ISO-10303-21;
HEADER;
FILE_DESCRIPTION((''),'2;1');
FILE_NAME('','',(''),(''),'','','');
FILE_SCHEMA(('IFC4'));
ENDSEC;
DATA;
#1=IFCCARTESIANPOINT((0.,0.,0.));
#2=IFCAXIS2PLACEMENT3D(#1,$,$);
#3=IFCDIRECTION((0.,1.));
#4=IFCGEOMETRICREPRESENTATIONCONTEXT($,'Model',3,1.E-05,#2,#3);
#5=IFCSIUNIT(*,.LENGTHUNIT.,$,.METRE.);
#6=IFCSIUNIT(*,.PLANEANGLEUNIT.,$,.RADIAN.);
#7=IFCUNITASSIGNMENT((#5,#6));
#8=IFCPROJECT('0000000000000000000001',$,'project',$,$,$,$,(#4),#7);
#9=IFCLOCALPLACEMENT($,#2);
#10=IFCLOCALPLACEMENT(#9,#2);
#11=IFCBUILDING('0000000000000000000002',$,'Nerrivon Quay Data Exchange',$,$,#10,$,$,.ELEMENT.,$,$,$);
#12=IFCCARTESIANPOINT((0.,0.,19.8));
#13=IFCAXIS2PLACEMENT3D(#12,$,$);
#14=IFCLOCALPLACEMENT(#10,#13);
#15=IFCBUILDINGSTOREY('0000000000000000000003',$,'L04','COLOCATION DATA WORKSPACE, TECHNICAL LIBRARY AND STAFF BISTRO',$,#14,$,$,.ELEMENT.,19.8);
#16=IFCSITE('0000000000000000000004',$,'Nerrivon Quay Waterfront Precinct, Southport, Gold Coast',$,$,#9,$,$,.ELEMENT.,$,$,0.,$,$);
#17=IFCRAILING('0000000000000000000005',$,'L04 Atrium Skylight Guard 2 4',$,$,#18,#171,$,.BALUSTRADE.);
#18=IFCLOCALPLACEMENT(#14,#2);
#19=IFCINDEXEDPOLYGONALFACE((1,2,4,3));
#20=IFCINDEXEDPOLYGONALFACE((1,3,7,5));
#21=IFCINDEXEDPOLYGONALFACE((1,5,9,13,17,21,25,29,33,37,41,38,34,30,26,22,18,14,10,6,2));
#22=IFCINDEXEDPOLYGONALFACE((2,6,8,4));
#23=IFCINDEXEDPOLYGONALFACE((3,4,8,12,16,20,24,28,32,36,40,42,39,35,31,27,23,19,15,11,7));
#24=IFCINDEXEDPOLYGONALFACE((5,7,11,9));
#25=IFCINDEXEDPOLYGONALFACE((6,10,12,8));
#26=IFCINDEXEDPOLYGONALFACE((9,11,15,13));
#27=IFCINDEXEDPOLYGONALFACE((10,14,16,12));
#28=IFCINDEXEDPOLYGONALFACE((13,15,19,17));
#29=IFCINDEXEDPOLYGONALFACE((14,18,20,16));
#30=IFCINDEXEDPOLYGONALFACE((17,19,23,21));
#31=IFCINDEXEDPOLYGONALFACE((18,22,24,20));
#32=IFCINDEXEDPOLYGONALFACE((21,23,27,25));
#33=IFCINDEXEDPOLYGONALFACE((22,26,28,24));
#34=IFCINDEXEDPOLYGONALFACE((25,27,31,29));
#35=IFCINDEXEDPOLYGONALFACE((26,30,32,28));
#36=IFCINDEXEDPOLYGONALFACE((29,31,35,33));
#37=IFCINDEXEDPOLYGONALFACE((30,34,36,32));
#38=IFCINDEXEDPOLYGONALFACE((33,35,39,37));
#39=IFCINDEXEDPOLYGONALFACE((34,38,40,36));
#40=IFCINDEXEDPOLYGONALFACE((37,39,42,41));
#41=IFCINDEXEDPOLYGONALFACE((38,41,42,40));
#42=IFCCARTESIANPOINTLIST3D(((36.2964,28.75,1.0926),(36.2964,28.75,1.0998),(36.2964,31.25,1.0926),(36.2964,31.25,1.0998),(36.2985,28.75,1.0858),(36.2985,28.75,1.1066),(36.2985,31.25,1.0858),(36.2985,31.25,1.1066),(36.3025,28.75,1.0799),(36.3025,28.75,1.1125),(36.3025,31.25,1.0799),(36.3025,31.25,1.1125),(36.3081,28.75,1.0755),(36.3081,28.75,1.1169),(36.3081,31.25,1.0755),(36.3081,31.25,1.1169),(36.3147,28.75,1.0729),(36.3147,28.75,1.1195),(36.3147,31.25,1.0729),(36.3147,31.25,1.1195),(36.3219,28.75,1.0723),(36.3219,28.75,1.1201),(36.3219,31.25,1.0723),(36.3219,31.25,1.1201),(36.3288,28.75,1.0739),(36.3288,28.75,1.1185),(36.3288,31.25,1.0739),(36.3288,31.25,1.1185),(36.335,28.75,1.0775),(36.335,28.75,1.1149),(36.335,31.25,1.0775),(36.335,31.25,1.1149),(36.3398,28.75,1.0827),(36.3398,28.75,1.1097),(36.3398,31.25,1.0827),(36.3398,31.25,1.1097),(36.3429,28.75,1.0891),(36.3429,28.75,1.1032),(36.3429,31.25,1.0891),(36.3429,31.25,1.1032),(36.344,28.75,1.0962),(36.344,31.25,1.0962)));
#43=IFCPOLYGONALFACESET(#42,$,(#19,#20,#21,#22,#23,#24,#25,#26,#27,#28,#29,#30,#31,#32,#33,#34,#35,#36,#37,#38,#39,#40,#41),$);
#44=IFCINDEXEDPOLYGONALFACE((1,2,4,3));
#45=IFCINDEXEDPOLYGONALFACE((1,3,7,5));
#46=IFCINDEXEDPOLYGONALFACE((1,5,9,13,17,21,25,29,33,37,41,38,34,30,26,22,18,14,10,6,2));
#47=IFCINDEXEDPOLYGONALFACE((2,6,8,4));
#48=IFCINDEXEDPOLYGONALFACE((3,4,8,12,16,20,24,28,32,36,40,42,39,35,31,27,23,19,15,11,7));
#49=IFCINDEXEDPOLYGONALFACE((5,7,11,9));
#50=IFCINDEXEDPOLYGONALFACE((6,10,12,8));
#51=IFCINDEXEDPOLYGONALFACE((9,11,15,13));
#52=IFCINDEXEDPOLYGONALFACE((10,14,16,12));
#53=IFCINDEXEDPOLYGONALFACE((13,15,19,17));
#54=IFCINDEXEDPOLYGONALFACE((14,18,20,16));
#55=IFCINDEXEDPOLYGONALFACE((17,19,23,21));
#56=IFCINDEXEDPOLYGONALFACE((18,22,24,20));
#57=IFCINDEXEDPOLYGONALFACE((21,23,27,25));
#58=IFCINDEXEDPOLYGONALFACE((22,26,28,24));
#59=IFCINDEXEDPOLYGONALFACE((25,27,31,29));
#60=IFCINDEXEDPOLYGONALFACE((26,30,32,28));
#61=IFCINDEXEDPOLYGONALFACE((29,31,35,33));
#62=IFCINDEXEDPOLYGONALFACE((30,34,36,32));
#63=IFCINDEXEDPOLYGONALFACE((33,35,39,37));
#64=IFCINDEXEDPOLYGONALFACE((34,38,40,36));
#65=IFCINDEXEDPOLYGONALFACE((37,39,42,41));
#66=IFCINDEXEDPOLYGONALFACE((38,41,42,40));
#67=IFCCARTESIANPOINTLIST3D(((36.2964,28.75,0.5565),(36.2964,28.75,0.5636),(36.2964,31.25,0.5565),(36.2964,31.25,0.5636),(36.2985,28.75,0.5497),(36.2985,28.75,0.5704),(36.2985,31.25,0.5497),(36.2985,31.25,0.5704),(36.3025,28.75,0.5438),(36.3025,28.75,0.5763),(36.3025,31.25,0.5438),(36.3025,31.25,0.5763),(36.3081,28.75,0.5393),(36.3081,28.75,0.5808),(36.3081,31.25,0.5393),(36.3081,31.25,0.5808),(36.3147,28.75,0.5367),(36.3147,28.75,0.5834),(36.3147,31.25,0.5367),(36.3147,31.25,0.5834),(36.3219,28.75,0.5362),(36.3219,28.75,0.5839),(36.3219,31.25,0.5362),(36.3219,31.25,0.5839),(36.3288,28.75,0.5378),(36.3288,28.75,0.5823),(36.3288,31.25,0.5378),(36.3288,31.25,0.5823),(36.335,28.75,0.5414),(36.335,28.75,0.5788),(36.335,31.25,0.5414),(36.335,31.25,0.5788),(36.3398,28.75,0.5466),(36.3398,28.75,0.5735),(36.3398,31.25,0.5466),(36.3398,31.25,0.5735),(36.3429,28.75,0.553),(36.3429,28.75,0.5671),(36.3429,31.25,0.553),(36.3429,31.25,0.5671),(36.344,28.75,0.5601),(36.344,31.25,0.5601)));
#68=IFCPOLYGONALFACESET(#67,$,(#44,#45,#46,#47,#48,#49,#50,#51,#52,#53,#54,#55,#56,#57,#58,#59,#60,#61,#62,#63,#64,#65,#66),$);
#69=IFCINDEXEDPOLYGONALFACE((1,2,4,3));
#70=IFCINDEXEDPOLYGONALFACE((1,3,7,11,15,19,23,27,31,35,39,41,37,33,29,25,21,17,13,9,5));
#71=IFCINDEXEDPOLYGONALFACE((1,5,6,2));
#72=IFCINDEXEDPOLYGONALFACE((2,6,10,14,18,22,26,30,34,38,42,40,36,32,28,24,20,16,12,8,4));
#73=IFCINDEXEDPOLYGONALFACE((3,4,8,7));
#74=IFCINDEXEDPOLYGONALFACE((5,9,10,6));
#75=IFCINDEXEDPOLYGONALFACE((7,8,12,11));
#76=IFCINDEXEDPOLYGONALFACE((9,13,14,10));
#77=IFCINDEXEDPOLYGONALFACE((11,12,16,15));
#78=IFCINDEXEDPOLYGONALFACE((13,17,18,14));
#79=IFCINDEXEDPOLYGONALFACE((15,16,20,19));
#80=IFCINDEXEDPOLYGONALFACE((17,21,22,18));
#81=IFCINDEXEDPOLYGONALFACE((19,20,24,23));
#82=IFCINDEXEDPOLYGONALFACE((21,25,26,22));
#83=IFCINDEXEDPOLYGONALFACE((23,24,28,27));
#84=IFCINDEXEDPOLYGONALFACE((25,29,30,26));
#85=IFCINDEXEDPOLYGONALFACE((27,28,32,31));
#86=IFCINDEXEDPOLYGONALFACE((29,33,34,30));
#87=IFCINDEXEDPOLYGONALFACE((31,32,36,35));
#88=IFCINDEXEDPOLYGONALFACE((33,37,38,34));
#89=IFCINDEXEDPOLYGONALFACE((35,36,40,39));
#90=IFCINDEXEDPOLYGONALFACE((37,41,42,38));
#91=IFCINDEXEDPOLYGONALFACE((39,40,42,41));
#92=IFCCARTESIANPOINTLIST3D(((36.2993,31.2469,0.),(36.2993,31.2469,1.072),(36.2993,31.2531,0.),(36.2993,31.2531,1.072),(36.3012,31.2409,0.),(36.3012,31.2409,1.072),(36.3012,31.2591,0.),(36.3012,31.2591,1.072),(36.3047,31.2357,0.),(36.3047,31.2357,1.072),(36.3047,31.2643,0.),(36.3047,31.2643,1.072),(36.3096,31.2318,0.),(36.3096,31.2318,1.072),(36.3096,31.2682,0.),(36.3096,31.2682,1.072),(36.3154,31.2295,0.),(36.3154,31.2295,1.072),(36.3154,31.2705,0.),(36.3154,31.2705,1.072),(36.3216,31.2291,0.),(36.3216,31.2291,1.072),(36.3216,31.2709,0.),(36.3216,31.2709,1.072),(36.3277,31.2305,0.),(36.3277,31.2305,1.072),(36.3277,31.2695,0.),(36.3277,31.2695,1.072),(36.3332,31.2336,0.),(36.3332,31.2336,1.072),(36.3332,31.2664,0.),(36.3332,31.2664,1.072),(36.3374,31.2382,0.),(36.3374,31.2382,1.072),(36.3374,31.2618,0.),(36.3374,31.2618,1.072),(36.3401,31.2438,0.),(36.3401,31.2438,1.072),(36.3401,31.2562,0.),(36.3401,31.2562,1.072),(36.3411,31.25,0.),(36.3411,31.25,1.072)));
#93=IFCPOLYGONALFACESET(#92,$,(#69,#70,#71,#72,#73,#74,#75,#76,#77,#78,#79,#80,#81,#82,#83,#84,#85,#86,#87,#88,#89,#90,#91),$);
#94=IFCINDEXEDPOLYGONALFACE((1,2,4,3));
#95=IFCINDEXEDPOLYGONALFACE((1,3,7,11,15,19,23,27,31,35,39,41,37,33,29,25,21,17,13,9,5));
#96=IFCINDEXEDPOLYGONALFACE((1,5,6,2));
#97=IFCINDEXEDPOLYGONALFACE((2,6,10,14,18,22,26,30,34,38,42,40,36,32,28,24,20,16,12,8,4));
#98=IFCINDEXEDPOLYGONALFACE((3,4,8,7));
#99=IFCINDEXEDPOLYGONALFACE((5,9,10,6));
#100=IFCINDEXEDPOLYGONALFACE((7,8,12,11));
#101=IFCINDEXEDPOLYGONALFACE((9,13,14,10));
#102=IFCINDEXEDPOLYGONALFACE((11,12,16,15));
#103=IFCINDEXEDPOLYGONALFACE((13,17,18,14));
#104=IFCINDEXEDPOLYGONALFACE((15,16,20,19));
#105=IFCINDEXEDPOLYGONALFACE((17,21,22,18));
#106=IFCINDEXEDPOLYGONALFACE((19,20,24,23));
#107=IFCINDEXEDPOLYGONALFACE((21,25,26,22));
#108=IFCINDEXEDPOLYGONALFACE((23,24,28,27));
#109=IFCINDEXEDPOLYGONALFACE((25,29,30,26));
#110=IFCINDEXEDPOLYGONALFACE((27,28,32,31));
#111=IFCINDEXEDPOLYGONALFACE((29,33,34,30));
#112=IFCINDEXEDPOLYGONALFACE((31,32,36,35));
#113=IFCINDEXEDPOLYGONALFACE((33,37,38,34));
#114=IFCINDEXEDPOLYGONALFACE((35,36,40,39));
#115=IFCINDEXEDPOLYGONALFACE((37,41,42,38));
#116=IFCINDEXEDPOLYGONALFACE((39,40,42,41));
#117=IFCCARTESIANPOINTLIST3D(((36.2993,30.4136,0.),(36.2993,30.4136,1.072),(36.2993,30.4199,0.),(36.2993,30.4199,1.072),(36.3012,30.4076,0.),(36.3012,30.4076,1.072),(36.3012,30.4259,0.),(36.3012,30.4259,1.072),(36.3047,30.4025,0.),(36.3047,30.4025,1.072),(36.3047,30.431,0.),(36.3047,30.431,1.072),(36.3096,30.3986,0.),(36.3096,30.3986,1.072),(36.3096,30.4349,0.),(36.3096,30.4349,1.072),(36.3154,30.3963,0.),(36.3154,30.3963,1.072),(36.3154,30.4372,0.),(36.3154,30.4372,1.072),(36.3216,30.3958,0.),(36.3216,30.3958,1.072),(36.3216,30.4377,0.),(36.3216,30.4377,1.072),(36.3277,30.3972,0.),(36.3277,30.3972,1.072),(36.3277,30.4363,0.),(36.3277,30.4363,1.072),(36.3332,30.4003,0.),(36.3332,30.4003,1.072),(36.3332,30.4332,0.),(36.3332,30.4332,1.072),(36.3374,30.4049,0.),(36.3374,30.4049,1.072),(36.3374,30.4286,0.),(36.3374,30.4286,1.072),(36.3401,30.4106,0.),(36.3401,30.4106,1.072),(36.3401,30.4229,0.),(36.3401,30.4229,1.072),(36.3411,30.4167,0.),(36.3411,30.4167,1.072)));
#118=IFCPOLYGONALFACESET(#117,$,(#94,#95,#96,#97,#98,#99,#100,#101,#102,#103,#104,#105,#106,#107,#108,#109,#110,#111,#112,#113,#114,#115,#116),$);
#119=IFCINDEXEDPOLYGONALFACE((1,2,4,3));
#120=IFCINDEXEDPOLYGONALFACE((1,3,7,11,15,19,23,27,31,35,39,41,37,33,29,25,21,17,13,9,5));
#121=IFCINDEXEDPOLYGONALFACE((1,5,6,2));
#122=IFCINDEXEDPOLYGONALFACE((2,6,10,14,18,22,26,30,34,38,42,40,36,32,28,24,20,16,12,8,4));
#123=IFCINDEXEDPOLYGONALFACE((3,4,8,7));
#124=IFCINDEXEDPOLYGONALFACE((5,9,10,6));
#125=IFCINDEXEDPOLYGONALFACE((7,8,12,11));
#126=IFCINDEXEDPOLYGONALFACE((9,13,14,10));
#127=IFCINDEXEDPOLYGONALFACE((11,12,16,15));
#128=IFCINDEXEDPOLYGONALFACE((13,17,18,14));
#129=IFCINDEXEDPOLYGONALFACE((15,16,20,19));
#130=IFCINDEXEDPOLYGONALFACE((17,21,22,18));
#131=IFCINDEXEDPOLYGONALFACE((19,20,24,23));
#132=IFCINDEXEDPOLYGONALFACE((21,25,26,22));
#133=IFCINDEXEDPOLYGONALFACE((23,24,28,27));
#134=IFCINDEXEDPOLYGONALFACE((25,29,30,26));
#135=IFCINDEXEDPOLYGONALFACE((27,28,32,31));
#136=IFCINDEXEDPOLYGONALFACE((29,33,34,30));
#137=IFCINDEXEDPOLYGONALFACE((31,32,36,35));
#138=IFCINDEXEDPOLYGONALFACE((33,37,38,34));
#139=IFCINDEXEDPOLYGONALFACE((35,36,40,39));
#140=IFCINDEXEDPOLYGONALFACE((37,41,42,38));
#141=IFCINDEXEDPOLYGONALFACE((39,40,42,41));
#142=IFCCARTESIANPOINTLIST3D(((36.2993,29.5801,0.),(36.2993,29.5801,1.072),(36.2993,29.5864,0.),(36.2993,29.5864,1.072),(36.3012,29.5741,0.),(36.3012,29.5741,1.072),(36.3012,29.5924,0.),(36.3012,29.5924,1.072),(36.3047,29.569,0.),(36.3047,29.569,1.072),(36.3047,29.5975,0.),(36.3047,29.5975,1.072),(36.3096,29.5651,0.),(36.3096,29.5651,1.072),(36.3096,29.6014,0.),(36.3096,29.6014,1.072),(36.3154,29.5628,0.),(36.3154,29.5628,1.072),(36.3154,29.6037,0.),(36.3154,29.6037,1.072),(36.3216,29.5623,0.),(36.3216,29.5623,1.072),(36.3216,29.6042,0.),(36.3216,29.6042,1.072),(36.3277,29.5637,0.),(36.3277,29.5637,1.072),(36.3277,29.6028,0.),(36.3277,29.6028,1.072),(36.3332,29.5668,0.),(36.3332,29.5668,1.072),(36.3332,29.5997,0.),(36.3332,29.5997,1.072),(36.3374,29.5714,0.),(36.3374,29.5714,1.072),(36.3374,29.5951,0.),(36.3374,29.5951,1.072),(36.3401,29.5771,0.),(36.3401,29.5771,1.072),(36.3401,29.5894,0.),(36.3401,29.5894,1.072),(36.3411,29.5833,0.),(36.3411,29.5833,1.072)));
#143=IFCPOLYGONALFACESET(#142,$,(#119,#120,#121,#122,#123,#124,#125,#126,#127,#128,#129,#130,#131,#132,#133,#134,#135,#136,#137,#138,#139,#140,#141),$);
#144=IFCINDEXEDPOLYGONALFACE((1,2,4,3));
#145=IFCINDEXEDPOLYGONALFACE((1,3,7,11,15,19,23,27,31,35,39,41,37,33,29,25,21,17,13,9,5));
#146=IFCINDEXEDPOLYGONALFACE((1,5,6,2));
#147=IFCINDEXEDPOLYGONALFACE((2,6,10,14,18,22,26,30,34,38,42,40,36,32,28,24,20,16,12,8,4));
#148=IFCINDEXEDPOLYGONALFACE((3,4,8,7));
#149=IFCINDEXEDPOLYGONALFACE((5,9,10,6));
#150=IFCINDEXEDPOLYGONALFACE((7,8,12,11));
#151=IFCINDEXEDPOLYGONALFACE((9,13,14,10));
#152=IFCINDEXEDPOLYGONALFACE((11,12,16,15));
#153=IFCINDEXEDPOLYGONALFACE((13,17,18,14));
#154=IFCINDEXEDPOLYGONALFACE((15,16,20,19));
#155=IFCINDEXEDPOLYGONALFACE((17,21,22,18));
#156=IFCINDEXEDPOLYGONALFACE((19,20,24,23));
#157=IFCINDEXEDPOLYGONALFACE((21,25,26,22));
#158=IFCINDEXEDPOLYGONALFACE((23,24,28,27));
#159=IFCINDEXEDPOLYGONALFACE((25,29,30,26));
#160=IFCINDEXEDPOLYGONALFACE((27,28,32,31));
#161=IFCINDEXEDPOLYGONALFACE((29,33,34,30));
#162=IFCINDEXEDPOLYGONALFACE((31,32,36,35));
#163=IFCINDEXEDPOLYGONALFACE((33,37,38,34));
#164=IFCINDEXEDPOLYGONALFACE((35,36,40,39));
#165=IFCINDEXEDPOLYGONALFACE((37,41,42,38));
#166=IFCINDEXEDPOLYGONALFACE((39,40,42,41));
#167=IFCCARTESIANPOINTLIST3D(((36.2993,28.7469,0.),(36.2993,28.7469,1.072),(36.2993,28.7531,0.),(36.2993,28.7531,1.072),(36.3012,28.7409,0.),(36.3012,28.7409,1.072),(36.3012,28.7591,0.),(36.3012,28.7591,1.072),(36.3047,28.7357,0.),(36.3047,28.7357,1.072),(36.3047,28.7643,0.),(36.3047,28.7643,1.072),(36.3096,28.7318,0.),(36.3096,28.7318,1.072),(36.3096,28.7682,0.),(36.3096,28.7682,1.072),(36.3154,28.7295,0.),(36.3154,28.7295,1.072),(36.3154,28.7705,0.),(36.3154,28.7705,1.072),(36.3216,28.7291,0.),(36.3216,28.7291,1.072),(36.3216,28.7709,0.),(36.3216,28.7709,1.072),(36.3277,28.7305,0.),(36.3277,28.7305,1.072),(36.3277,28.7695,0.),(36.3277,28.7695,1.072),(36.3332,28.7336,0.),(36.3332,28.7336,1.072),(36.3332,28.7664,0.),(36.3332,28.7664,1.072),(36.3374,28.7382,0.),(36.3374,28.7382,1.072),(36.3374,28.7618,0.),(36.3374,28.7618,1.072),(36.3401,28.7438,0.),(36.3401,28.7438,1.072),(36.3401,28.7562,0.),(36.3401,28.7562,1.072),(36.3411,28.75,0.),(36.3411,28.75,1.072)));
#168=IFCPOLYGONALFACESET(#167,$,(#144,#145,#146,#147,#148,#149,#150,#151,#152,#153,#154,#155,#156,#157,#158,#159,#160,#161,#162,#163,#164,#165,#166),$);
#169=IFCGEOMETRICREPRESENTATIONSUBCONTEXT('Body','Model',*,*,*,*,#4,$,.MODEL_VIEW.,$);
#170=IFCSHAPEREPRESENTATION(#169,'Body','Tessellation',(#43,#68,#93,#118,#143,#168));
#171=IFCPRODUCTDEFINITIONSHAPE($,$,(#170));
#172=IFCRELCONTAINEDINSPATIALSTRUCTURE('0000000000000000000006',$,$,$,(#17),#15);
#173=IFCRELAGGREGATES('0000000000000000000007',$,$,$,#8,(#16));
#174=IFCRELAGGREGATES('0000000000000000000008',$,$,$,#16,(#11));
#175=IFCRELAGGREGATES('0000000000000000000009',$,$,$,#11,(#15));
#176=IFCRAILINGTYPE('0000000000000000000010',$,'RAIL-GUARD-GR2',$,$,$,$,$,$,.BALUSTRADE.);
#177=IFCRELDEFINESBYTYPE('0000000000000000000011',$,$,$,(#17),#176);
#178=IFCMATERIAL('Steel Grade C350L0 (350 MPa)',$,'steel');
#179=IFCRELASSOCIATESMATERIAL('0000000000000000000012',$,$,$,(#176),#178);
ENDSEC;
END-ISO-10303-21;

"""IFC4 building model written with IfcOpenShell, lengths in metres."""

from ifc_helpers import new_model, si_unit, direction, frame, origin, origin_2d, place, context, subcontext, project, spatial, circle, extrude, material, type_object, element, save


model = new_model("IFC4")

# Units and contexts
model_context = context("Model", 3, precision=1e-05, world=origin(), true_north=direction((0.0, 1.0)))
body_context = subcontext(model_context, "Body", "Model", "MODEL_VIEW")
ifc_project = project(units=[si_unit("LENGTHUNIT", "METRE"), si_unit("PLANEANGLEUNIT", "RADIAN")], contexts=[model_context])

# Site, building, storey
site_placement = place(None, origin())
site = spatial("IfcSite", under=ifc_project, at=site_placement, Name="Nerrivon Quay Waterfront Precinct, Southport, Gold Coast", CompositionType="ELEMENT", RefElevation=0.0)
building_placement = place(site_placement, origin())
building = spatial("IfcBuilding", under=site, at=building_placement, Name="Nerrivon Quay Data Exchange", CompositionType="ELEMENT")
storey_placement = place(building_placement, frame((0.0, 0.0, 19.8)))
storey = spatial("IfcBuildingStorey", under=building, at=storey_placement, Name="L04", Description="COLOCATION DATA WORKSPACE, TECHNICAL LIBRARY AND STAFF BISTRO", CompositionType="ELEMENT", Elevation=19.8)

# Railing
ifc_material_1 = material(Name="Steel Grade C350L0 (350 MPa)", Category="steel")
railing_type = type_object("IfcRailingType", Name="RAIL-GUARD-GR2", PredefinedType="BALUSTRADE", material=ifc_material_1)
railing_1_placement = place(storey_placement, frame((36.3201, 31.25, 0.0)))
element("IfcRailing", 1, at=railing_1_placement, inside=storey, type_object=railing_type, Name="L04 Atrium Skylight Guard 2 4", PredefinedType="BALUSTRADE", context=body_context, shape_type="SweptSolid", body=[
    extrude(circle(Radius=0.0239, at=origin_2d()), frame((0.0, 0.0, 1.0962), z_axis=(0.0, -1.0, 0.0), x_axis=(1.0, 0.0, 0.0)), (0.0, 0.0, 1.0), 2.5),
    extrude(circle(Radius=0.0239, at=origin_2d()), frame((0.0, 0.0, 0.5601), z_axis=(0.0, -1.0, 0.0), x_axis=(1.0, 0.0, 0.0)), (0.0, 0.0, 1.0), 2.5),
    extrude(circle(Radius=0.021, at=origin_2d()), origin(), (0.0, 0.0, 1.0), 1.072),
    extrude(circle(Radius=0.021, at=origin_2d()), frame((0.0, -0.8333, 0.0)), (0.0, 0.0, 1.0), 1.072),
    extrude(circle(Radius=0.021, at=origin_2d()), frame((0.0, -1.6667, 0.0)), (0.0, 0.0, 1.0), 1.072),
    extrude(circle(Radius=0.021, at=origin_2d()), frame((0.0, -2.5, 0.0)), (0.0, 0.0, 1.0), 1.072),
])

save(model, "model.ifc")
